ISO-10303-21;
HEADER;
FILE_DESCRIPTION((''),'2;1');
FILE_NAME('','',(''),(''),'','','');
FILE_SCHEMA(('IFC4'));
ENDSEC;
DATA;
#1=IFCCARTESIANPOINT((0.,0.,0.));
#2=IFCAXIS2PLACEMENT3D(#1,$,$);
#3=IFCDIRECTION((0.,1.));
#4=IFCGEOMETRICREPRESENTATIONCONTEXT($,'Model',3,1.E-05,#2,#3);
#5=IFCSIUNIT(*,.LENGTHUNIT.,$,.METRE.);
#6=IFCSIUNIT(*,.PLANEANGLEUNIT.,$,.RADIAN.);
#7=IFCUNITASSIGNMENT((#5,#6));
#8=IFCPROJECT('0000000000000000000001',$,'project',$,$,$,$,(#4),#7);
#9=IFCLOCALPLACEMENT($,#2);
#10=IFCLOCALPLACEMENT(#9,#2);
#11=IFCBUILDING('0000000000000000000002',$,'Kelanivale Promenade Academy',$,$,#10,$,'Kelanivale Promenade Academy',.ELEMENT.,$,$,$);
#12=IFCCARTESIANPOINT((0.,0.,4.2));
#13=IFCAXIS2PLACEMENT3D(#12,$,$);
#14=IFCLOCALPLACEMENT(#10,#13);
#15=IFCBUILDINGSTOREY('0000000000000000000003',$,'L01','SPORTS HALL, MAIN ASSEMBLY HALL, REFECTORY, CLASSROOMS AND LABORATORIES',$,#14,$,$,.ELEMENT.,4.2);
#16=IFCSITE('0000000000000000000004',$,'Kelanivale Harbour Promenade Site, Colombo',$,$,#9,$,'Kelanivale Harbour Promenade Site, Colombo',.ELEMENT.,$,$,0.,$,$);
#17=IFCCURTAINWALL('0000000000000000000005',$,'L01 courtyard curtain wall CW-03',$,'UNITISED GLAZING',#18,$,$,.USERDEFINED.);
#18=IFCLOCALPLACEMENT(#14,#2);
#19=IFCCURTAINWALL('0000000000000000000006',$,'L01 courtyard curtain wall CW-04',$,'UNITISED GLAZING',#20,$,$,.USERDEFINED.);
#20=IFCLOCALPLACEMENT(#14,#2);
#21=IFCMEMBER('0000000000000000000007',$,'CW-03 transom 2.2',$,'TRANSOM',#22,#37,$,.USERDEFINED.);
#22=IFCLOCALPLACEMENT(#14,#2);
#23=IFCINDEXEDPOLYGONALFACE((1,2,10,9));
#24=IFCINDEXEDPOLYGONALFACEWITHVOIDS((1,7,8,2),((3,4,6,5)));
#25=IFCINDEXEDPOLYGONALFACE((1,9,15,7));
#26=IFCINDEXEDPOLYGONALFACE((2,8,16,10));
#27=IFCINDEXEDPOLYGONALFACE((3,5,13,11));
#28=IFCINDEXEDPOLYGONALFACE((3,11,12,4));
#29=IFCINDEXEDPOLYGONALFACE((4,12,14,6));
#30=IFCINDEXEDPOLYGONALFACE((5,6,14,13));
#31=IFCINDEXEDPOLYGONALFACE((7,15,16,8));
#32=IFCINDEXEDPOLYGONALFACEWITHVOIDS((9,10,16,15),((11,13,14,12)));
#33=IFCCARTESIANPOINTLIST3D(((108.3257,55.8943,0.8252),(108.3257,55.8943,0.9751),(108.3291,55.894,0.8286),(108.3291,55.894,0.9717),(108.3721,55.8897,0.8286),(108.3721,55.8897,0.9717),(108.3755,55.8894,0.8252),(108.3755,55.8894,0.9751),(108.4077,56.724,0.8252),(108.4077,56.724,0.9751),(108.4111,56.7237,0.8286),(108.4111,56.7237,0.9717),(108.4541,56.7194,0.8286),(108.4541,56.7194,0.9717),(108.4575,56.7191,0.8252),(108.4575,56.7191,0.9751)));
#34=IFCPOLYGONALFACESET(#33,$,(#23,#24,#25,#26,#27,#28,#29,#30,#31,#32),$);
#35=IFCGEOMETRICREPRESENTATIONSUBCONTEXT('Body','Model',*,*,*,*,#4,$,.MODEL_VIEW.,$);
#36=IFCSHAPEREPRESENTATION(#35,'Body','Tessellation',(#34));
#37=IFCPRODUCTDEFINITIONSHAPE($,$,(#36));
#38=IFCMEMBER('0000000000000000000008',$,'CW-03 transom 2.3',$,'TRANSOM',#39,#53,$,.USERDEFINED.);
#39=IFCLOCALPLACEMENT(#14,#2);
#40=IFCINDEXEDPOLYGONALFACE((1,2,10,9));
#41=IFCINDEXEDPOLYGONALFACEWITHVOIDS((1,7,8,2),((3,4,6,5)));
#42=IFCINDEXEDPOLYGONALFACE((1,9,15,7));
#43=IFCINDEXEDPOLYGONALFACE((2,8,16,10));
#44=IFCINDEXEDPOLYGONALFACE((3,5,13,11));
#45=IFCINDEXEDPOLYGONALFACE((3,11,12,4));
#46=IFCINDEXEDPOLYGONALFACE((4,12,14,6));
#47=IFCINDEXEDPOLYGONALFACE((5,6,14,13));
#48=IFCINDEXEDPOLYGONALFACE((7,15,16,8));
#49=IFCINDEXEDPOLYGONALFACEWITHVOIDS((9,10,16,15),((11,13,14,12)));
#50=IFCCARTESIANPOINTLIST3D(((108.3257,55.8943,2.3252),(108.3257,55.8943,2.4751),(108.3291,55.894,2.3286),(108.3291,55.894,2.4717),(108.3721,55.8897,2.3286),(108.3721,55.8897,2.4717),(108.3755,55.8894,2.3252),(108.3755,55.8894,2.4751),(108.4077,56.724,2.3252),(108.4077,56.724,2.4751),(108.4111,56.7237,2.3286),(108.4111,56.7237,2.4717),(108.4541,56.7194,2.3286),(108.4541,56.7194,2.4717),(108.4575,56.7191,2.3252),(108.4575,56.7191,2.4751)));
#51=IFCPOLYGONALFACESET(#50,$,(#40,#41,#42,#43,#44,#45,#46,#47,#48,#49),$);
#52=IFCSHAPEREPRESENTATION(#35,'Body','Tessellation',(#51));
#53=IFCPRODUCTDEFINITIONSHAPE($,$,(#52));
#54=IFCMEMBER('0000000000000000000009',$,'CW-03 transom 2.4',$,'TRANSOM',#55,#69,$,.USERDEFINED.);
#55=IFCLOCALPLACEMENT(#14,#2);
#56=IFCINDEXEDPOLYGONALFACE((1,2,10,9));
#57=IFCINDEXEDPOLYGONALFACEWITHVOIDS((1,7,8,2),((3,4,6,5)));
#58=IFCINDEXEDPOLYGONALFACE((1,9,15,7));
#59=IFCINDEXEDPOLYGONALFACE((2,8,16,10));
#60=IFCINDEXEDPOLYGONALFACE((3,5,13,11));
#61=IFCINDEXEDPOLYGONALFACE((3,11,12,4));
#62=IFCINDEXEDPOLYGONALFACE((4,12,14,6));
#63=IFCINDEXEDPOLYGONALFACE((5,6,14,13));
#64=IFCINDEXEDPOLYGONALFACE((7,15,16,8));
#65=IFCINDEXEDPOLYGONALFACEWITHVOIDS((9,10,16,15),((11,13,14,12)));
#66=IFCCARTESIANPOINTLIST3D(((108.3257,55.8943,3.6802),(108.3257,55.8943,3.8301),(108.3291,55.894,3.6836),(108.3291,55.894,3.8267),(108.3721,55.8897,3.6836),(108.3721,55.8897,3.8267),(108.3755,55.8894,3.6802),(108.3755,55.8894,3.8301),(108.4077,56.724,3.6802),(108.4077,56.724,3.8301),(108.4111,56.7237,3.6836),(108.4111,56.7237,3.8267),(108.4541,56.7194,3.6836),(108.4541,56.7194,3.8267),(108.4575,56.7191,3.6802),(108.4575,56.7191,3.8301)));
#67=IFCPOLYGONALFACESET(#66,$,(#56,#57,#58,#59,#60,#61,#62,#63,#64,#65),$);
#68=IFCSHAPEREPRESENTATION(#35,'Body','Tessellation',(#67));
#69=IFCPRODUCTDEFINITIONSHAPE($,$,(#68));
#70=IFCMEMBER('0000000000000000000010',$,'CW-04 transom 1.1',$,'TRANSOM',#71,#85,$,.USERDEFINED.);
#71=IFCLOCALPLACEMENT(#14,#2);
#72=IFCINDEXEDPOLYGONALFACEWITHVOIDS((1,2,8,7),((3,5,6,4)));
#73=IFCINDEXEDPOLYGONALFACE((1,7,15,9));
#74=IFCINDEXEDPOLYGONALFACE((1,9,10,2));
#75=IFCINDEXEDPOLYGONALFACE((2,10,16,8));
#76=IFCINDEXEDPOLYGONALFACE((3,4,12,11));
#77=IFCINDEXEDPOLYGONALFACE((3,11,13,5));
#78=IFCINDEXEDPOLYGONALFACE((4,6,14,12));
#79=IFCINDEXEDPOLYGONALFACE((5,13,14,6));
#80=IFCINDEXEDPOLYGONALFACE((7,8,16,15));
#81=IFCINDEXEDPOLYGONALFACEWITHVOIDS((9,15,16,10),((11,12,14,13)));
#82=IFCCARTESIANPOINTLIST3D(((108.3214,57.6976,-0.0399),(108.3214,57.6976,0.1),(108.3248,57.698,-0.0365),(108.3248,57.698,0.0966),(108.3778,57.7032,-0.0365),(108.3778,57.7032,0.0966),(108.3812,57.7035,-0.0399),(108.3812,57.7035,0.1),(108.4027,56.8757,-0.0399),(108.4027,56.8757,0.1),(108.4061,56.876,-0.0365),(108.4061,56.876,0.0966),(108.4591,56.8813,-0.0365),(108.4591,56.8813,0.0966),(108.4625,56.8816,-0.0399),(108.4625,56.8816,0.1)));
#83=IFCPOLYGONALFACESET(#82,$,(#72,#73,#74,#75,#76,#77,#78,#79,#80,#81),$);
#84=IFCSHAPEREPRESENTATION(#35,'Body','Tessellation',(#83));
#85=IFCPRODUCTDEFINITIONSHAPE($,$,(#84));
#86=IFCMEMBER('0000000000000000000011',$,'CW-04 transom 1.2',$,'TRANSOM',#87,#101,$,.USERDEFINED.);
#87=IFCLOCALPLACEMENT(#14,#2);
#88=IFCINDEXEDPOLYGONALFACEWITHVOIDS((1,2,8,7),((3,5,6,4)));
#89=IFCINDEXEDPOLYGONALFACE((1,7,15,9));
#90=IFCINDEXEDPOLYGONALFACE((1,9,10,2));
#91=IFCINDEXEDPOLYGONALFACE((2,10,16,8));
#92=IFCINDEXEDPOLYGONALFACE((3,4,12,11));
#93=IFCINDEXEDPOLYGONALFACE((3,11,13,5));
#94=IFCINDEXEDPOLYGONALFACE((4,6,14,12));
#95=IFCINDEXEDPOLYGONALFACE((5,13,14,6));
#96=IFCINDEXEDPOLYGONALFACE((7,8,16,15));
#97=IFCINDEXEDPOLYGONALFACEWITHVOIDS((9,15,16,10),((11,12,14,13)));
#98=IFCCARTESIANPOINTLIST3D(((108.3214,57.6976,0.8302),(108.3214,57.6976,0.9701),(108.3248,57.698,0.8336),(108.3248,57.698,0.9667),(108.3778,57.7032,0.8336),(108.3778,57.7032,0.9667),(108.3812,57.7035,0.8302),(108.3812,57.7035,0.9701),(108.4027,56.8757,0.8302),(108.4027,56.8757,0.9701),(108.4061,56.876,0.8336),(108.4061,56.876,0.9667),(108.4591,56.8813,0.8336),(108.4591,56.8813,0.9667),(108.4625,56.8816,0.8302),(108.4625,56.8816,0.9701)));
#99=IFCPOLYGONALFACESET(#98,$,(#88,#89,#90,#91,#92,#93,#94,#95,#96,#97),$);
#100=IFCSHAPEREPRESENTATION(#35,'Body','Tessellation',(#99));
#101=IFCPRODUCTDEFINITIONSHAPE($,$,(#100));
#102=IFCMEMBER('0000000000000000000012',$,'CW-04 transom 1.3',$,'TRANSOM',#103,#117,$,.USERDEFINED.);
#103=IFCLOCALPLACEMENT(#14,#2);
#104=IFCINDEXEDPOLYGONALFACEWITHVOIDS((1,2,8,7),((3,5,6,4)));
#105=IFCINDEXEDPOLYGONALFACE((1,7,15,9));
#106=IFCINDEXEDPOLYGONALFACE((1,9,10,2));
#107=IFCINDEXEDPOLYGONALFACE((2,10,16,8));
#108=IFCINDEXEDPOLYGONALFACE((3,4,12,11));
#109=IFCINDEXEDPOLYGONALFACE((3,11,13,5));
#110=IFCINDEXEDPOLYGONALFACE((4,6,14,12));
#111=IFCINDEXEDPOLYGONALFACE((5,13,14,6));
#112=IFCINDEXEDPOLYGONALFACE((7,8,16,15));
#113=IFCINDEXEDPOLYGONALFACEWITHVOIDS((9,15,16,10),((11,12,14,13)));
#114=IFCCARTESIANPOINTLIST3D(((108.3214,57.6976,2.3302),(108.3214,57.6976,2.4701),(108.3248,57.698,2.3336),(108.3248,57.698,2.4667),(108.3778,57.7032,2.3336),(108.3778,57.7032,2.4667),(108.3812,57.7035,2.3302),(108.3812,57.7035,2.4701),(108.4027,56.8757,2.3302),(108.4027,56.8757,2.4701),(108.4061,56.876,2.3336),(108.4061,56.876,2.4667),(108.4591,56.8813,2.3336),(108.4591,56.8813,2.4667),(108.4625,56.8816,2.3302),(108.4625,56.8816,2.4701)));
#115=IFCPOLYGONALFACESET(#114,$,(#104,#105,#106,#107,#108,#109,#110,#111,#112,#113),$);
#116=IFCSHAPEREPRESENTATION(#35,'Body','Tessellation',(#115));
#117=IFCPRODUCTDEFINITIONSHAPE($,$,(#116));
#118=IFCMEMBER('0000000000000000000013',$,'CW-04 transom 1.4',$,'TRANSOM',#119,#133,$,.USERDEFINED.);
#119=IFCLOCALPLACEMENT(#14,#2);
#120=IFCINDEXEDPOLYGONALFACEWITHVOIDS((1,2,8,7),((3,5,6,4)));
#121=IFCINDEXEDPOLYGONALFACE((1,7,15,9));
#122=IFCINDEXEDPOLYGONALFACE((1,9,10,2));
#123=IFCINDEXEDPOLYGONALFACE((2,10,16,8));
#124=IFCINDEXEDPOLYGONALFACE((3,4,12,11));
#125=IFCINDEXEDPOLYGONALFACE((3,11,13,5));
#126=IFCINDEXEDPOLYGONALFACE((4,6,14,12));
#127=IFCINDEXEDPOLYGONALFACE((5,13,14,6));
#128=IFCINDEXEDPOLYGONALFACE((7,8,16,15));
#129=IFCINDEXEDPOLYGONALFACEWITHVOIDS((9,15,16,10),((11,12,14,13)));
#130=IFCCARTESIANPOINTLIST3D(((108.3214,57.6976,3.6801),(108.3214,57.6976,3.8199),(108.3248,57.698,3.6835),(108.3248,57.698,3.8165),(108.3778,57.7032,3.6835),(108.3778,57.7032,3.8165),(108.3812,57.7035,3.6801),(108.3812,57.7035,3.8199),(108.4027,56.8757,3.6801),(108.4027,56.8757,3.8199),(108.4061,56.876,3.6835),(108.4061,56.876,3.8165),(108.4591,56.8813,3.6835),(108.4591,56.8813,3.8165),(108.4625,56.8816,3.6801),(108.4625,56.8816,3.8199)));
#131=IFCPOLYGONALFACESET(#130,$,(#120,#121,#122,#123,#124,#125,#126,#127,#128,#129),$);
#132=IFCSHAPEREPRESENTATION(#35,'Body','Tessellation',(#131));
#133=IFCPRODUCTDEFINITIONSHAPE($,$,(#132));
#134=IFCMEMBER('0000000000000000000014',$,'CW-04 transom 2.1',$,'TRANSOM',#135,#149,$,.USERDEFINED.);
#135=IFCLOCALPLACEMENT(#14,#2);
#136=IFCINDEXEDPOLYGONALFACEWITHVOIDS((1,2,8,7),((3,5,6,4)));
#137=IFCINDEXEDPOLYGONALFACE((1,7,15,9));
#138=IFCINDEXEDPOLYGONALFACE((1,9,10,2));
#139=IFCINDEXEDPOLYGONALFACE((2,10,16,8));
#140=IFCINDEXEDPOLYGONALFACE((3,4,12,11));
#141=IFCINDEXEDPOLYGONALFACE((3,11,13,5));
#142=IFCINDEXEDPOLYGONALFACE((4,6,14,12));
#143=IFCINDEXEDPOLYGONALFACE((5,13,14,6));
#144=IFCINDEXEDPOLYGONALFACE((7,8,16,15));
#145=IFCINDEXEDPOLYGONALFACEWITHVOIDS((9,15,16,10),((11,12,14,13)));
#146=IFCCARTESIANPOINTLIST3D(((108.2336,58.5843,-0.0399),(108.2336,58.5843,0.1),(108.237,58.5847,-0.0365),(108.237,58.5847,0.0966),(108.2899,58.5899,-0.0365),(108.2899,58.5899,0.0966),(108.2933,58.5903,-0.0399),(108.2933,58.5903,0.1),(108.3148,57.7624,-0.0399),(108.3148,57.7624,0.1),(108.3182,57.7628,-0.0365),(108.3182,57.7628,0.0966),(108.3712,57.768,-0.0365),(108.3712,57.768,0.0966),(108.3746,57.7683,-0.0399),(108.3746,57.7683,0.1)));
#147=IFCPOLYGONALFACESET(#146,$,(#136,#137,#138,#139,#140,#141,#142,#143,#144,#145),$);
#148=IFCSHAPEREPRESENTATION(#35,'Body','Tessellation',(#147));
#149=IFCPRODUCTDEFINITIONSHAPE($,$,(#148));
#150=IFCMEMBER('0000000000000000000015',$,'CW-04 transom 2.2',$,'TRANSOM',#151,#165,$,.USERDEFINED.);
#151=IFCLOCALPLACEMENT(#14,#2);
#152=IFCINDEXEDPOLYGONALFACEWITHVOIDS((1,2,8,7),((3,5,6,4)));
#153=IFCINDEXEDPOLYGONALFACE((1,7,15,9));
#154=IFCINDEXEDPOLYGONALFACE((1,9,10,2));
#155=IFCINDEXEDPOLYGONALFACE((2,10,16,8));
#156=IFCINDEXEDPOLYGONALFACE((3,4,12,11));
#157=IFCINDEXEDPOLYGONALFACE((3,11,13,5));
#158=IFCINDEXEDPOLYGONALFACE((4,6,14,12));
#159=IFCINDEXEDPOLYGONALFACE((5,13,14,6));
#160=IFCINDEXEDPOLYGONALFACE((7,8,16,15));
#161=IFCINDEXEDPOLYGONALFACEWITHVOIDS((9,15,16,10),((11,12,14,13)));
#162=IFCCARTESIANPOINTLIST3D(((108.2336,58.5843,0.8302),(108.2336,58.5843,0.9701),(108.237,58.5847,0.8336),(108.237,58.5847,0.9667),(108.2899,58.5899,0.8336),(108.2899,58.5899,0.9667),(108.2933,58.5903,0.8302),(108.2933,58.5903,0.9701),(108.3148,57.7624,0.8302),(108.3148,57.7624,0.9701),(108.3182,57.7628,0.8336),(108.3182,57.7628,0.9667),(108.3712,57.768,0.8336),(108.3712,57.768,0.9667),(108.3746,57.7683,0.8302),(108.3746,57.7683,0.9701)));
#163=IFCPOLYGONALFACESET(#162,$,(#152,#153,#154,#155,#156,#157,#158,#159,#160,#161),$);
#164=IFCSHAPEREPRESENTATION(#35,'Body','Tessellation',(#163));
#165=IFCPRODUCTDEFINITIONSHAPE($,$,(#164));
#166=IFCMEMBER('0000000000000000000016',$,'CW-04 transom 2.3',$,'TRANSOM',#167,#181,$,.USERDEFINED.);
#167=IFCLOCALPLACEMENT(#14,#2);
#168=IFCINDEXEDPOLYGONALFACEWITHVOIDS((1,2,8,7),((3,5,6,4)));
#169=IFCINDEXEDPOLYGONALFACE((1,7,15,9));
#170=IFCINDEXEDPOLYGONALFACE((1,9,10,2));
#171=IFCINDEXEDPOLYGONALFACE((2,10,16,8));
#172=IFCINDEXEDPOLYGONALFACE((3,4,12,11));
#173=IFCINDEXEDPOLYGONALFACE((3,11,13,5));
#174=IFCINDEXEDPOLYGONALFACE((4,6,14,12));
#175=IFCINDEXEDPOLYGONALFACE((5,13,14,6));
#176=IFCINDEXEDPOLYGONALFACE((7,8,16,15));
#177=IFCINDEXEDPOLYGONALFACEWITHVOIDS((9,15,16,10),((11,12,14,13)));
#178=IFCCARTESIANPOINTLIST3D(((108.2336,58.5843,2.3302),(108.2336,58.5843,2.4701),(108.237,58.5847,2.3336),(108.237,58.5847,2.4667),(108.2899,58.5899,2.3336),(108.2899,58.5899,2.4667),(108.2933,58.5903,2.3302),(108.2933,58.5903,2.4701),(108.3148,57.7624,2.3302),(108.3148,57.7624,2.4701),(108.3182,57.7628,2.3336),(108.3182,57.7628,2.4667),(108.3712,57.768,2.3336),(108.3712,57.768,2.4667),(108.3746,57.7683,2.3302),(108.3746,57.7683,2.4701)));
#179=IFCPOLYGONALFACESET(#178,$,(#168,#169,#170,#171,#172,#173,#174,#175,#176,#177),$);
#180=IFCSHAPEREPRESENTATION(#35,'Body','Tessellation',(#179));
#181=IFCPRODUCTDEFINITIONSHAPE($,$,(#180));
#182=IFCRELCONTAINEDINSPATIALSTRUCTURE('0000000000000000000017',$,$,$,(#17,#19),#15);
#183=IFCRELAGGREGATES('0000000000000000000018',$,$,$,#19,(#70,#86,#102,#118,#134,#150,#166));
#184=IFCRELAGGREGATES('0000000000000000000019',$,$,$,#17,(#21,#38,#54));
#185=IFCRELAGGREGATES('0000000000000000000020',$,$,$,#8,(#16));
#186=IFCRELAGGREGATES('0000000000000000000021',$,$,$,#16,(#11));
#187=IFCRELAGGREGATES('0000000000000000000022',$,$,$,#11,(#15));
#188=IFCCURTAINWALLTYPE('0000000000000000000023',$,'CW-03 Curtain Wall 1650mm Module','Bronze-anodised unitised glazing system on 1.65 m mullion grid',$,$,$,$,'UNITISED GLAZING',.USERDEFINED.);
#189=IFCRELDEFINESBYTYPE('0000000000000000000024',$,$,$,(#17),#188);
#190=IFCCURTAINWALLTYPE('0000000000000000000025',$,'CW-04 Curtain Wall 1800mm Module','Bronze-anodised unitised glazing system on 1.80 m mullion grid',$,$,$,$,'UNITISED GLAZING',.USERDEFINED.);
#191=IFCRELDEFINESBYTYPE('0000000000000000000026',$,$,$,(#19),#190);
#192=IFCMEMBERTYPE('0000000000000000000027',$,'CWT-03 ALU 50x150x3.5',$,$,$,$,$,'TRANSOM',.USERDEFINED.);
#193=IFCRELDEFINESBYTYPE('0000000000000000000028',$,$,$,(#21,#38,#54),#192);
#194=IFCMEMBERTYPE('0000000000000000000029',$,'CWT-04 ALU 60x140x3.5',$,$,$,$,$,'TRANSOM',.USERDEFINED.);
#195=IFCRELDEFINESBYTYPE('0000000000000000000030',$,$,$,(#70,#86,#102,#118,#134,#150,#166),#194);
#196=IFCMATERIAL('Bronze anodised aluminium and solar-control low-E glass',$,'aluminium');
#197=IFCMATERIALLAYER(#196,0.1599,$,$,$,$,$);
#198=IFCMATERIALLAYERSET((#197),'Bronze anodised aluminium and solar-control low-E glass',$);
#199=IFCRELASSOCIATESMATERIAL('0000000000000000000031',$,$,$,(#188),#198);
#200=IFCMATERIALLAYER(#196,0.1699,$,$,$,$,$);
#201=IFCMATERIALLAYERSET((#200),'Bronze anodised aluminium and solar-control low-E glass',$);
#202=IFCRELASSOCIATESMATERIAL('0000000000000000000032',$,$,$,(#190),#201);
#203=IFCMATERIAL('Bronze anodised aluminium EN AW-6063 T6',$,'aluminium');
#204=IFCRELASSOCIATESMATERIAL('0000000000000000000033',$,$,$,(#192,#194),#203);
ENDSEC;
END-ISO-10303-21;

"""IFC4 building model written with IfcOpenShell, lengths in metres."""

from ifc_helpers import new_model, si_unit, direction, frame, origin, origin_2d, place, context, subcontext, project, spatial, hollow_rectangle, extrude, material, layer, layer_set, material_profile, profile_set, type_object, element, aggregate, save


model = new_model("IFC4")

# Units and contexts
model_context = context("Model", 3, precision=1e-05, world=origin(), true_north=direction((0.0, 1.0)))
body_context = subcontext(model_context, "Body", "Model", "MODEL_VIEW")
ifc_project = project(units=[si_unit("LENGTHUNIT", "METRE"), si_unit("PLANEANGLEUNIT", "RADIAN")], contexts=[model_context])

# Site, building, storey
site_placement = place(None, origin())
site = spatial("IfcSite", under=ifc_project, at=site_placement, Name="Kelanivale Harbour Promenade Site, Colombo", LongName="Kelanivale Harbour Promenade Site, Colombo", CompositionType="ELEMENT", RefElevation=0.0)
building_placement = place(site_placement, origin())
building = spatial("IfcBuilding", under=site, at=building_placement, Name="Kelanivale Promenade Academy", LongName="Kelanivale Promenade Academy", CompositionType="ELEMENT")
storey_placement = place(building_placement, frame((0.0, 0.0, 4.2)))
storey = spatial("IfcBuildingStorey", under=building, at=storey_placement, Name="L01", Description="SPORTS HALL, MAIN ASSEMBLY HALL, REFECTORY, CLASSROOMS AND LABORATORIES", CompositionType="ELEMENT", Elevation=4.2)

# Curtain walls
ifc_material_1 = material(Name="Bronze anodised aluminium and solar-control low-E glass", Category="aluminium")
ifc_layer_1 = layer(ifc_material_1, 0.1599)
ifc_layer_set_1 = layer_set([ifc_layer_1], Name="Bronze anodised aluminium and solar-control low-E glass")
curtain_wall_type_1 = type_object("IfcCurtainWallType", Name="CW-03 Curtain Wall 1650mm Module", Description="Bronze-anodised unitised glazing system on 1.65 m mullion grid", ElementType="UNITISED GLAZING", PredefinedType="USERDEFINED", material=ifc_layer_set_1)
curtain_wall_1_placement = place(storey_placement, origin())
curtain_wall_1 = element("IfcCurtainWall", 1, at=curtain_wall_1_placement, inside=storey, type_object=curtain_wall_type_1, Name="L01 courtyard curtain wall CW-03", ObjectType="UNITISED GLAZING", PredefinedType="USERDEFINED")
ifc_material_2 = material(Name="Bronze anodised aluminium EN AW-6063 T6", Category="aluminium")
ifc_layer_2 = layer(ifc_material_1, 0.1699)
ifc_layer_set_2 = layer_set([ifc_layer_2], Name="Bronze anodised aluminium and solar-control low-E glass")
curtain_wall_type_2 = type_object("IfcCurtainWallType", Name="CW-04 Curtain Wall 1800mm Module", Description="Bronze-anodised unitised glazing system on 1.80 m mullion grid", ElementType="UNITISED GLAZING", PredefinedType="USERDEFINED", material=ifc_layer_set_2)
curtain_wall_2_placement = place(storey_placement, origin())
curtain_wall_2 = element("IfcCurtainWall", 2, at=curtain_wall_2_placement, inside=storey, type_object=curtain_wall_type_2, Name="L01 courtyard curtain wall CW-04", ObjectType="UNITISED GLAZING", PredefinedType="USERDEFINED")

# Members
ifc_material_profile_1 = material_profile(ifc_material_2, hollow_rectangle(XDim=0.05, YDim=0.1499, WallThickness=0.0034, at=origin_2d()), Name="ALU 50x150x3.5")
ifc_profile_set_1 = profile_set([ifc_material_profile_1], Name="Bronze anodised aluminium EN AW-6063 T6")
member_type_1 = type_object("IfcMemberType", Name="CWT-03 ALU 50x150x3.5", ElementType="TRANSOM", PredefinedType="USERDEFINED", material=ifc_profile_set_1)
member_1_placement = place(storey_placement, frame((108.3506, 55.8918, 0.9001), z_axis=(0.098402, 0.995147, 0.0), x_axis=(-0.995147, 0.098402, 0.0)))
member_1 = element("IfcMember", 3, at=member_1_placement, type_object=member_type_1, Name="CW-03 transom 2.2", ObjectType="TRANSOM", PredefinedType="USERDEFINED", context=body_context, shape_type="SweptSolid", body=[
    extrude(hollow_rectangle(XDim=0.05, YDim=0.1499, WallThickness=0.0034, at=origin_2d()), origin(), (0.0, 0.0, 1.0), 0.8337),
])
member_2_placement = place(storey_placement, frame((108.3506, 55.8918, 2.4001), z_axis=(0.098402, 0.995147, 0.0), x_axis=(-0.995147, 0.098402, 0.0)))
member_2 = element("IfcMember", 4, at=member_2_placement, type_object=member_type_1, Name="CW-03 transom 2.3", ObjectType="TRANSOM", PredefinedType="USERDEFINED", context=body_context, shape_type="SweptSolid", body=[
    extrude(hollow_rectangle(XDim=0.05, YDim=0.1499, WallThickness=0.0034, at=origin_2d()), origin(), (0.0, 0.0, 1.0), 0.8337),
])
member_3_placement = place(storey_placement, frame((108.3506, 55.8918, 3.7551), z_axis=(0.098402, 0.995147, 0.0), x_axis=(-0.995147, 0.098402, 0.0)))
member_3 = element("IfcMember", 5, at=member_3_placement, type_object=member_type_1, Name="CW-03 transom 2.4", ObjectType="TRANSOM", PredefinedType="USERDEFINED", context=body_context, shape_type="SweptSolid", body=[
    extrude(hollow_rectangle(XDim=0.05, YDim=0.1499, WallThickness=0.0034, at=origin_2d()), origin(), (0.0, 0.0, 1.0), 0.8337),
])
ifc_material_profile_2 = material_profile(ifc_material_2, hollow_rectangle(XDim=0.0601, YDim=0.1399, WallThickness=0.0034, at=origin_2d()), Name="ALU 60x140x3.5")
ifc_profile_set_2 = profile_set([ifc_material_profile_2], Name="Bronze anodised aluminium EN AW-6063 T6")
member_type_2 = type_object("IfcMemberType", Name="CWT-04 ALU 60x140x3.5", ElementType="TRANSOM", PredefinedType="USERDEFINED", material=ifc_profile_set_2)
member_4_placement = place(storey_placement, frame((108.4326, 56.8787, 0.03), z_axis=(-0.098421, 0.995145, 0.0), x_axis=(-0.995145, -0.098421, 0.0)))
member_4 = element("IfcMember", 6, at=member_4_placement, type_object=member_type_2, Name="CW-04 transom 1.1", ObjectType="TRANSOM", PredefinedType="USERDEFINED", context=body_context, shape_type="SweptSolid", body=[
    extrude(hollow_rectangle(XDim=0.0601, YDim=0.1399, WallThickness=0.0034, at=origin_2d()), origin(), (0.0, 0.0, 1.0), 0.8259),
])
member_5_placement = place(storey_placement, frame((108.4326, 56.8787, 0.9001), z_axis=(-0.098421, 0.995145, 0.0), x_axis=(-0.995145, -0.098421, 0.0)))
member_5 = element("IfcMember", 7, at=member_5_placement, type_object=member_type_2, Name="CW-04 transom 1.2", ObjectType="TRANSOM", PredefinedType="USERDEFINED", context=body_context, shape_type="SweptSolid", body=[
    extrude(hollow_rectangle(XDim=0.0601, YDim=0.1399, WallThickness=0.0034, at=origin_2d()), origin(), (0.0, 0.0, 1.0), 0.8259),
])
member_6_placement = place(storey_placement, frame((108.4326, 56.8787, 2.4001), z_axis=(-0.098421, 0.995145, 0.0), x_axis=(-0.995145, -0.098421, 0.0)))
member_6 = element("IfcMember", 8, at=member_6_placement, type_object=member_type_2, Name="CW-04 transom 1.3", ObjectType="TRANSOM", PredefinedType="USERDEFINED", context=body_context, shape_type="SweptSolid", body=[
    extrude(hollow_rectangle(XDim=0.0601, YDim=0.1399, WallThickness=0.0034, at=origin_2d()), origin(), (0.0, 0.0, 1.0), 0.8259),
])
member_7_placement = place(storey_placement, frame((108.4326, 56.8787, 3.75), z_axis=(-0.098421, 0.995145, 0.0), x_axis=(-0.995145, -0.098421, 0.0)))
member_7 = element("IfcMember", 9, at=member_7_placement, type_object=member_type_2, Name="CW-04 transom 1.4", ObjectType="TRANSOM", PredefinedType="USERDEFINED", context=body_context, shape_type="SweptSolid", body=[
    extrude(hollow_rectangle(XDim=0.0601, YDim=0.1399, WallThickness=0.0034, at=origin_2d()), origin(), (0.0, 0.0, 1.0), 0.8259),
])
member_8_placement = place(storey_placement, frame((108.3447, 57.7654, 0.03), z_axis=(-0.098421, 0.995145, 0.0), x_axis=(-0.995145, -0.098421, 0.0)))
member_8 = element("IfcMember", 10, at=member_8_placement, type_object=member_type_2, Name="CW-04 transom 2.1", ObjectType="TRANSOM", PredefinedType="USERDEFINED", context=body_context, shape_type="SweptSolid", body=[
    extrude(hollow_rectangle(XDim=0.0601, YDim=0.1399, WallThickness=0.0034, at=origin_2d()), origin(), (0.0, 0.0, 1.0), 0.8259),
])
member_9_placement = place(storey_placement, frame((108.3447, 57.7654, 0.9001), z_axis=(-0.098421, 0.995145, 0.0), x_axis=(-0.995145, -0.098421, 0.0)))
member_9 = element("IfcMember", 11, at=member_9_placement, type_object=member_type_2, Name="CW-04 transom 2.2", ObjectType="TRANSOM", PredefinedType="USERDEFINED", context=body_context, shape_type="SweptSolid", body=[
    extrude(hollow_rectangle(XDim=0.0601, YDim=0.1399, WallThickness=0.0034, at=origin_2d()), origin(), (0.0, 0.0, 1.0), 0.8259),
])
member_10_placement = place(storey_placement, frame((108.3447, 57.7654, 2.4001), z_axis=(-0.098421, 0.995145, 0.0), x_axis=(-0.995145, -0.098421, 0.0)))
member_10 = element("IfcMember", 12, at=member_10_placement, type_object=member_type_2, Name="CW-04 transom 2.3", ObjectType="TRANSOM", PredefinedType="USERDEFINED", context=body_context, shape_type="SweptSolid", body=[
    extrude(hollow_rectangle(XDim=0.0601, YDim=0.1399, WallThickness=0.0034, at=origin_2d()), origin(), (0.0, 0.0, 1.0), 0.8259),
])

aggregate(curtain_wall_2, [member_4, member_5, member_6, member_7, member_8, member_9, member_10])
aggregate(curtain_wall_1, [member_1, member_2, member_3])

save(model, "model.ifc")
